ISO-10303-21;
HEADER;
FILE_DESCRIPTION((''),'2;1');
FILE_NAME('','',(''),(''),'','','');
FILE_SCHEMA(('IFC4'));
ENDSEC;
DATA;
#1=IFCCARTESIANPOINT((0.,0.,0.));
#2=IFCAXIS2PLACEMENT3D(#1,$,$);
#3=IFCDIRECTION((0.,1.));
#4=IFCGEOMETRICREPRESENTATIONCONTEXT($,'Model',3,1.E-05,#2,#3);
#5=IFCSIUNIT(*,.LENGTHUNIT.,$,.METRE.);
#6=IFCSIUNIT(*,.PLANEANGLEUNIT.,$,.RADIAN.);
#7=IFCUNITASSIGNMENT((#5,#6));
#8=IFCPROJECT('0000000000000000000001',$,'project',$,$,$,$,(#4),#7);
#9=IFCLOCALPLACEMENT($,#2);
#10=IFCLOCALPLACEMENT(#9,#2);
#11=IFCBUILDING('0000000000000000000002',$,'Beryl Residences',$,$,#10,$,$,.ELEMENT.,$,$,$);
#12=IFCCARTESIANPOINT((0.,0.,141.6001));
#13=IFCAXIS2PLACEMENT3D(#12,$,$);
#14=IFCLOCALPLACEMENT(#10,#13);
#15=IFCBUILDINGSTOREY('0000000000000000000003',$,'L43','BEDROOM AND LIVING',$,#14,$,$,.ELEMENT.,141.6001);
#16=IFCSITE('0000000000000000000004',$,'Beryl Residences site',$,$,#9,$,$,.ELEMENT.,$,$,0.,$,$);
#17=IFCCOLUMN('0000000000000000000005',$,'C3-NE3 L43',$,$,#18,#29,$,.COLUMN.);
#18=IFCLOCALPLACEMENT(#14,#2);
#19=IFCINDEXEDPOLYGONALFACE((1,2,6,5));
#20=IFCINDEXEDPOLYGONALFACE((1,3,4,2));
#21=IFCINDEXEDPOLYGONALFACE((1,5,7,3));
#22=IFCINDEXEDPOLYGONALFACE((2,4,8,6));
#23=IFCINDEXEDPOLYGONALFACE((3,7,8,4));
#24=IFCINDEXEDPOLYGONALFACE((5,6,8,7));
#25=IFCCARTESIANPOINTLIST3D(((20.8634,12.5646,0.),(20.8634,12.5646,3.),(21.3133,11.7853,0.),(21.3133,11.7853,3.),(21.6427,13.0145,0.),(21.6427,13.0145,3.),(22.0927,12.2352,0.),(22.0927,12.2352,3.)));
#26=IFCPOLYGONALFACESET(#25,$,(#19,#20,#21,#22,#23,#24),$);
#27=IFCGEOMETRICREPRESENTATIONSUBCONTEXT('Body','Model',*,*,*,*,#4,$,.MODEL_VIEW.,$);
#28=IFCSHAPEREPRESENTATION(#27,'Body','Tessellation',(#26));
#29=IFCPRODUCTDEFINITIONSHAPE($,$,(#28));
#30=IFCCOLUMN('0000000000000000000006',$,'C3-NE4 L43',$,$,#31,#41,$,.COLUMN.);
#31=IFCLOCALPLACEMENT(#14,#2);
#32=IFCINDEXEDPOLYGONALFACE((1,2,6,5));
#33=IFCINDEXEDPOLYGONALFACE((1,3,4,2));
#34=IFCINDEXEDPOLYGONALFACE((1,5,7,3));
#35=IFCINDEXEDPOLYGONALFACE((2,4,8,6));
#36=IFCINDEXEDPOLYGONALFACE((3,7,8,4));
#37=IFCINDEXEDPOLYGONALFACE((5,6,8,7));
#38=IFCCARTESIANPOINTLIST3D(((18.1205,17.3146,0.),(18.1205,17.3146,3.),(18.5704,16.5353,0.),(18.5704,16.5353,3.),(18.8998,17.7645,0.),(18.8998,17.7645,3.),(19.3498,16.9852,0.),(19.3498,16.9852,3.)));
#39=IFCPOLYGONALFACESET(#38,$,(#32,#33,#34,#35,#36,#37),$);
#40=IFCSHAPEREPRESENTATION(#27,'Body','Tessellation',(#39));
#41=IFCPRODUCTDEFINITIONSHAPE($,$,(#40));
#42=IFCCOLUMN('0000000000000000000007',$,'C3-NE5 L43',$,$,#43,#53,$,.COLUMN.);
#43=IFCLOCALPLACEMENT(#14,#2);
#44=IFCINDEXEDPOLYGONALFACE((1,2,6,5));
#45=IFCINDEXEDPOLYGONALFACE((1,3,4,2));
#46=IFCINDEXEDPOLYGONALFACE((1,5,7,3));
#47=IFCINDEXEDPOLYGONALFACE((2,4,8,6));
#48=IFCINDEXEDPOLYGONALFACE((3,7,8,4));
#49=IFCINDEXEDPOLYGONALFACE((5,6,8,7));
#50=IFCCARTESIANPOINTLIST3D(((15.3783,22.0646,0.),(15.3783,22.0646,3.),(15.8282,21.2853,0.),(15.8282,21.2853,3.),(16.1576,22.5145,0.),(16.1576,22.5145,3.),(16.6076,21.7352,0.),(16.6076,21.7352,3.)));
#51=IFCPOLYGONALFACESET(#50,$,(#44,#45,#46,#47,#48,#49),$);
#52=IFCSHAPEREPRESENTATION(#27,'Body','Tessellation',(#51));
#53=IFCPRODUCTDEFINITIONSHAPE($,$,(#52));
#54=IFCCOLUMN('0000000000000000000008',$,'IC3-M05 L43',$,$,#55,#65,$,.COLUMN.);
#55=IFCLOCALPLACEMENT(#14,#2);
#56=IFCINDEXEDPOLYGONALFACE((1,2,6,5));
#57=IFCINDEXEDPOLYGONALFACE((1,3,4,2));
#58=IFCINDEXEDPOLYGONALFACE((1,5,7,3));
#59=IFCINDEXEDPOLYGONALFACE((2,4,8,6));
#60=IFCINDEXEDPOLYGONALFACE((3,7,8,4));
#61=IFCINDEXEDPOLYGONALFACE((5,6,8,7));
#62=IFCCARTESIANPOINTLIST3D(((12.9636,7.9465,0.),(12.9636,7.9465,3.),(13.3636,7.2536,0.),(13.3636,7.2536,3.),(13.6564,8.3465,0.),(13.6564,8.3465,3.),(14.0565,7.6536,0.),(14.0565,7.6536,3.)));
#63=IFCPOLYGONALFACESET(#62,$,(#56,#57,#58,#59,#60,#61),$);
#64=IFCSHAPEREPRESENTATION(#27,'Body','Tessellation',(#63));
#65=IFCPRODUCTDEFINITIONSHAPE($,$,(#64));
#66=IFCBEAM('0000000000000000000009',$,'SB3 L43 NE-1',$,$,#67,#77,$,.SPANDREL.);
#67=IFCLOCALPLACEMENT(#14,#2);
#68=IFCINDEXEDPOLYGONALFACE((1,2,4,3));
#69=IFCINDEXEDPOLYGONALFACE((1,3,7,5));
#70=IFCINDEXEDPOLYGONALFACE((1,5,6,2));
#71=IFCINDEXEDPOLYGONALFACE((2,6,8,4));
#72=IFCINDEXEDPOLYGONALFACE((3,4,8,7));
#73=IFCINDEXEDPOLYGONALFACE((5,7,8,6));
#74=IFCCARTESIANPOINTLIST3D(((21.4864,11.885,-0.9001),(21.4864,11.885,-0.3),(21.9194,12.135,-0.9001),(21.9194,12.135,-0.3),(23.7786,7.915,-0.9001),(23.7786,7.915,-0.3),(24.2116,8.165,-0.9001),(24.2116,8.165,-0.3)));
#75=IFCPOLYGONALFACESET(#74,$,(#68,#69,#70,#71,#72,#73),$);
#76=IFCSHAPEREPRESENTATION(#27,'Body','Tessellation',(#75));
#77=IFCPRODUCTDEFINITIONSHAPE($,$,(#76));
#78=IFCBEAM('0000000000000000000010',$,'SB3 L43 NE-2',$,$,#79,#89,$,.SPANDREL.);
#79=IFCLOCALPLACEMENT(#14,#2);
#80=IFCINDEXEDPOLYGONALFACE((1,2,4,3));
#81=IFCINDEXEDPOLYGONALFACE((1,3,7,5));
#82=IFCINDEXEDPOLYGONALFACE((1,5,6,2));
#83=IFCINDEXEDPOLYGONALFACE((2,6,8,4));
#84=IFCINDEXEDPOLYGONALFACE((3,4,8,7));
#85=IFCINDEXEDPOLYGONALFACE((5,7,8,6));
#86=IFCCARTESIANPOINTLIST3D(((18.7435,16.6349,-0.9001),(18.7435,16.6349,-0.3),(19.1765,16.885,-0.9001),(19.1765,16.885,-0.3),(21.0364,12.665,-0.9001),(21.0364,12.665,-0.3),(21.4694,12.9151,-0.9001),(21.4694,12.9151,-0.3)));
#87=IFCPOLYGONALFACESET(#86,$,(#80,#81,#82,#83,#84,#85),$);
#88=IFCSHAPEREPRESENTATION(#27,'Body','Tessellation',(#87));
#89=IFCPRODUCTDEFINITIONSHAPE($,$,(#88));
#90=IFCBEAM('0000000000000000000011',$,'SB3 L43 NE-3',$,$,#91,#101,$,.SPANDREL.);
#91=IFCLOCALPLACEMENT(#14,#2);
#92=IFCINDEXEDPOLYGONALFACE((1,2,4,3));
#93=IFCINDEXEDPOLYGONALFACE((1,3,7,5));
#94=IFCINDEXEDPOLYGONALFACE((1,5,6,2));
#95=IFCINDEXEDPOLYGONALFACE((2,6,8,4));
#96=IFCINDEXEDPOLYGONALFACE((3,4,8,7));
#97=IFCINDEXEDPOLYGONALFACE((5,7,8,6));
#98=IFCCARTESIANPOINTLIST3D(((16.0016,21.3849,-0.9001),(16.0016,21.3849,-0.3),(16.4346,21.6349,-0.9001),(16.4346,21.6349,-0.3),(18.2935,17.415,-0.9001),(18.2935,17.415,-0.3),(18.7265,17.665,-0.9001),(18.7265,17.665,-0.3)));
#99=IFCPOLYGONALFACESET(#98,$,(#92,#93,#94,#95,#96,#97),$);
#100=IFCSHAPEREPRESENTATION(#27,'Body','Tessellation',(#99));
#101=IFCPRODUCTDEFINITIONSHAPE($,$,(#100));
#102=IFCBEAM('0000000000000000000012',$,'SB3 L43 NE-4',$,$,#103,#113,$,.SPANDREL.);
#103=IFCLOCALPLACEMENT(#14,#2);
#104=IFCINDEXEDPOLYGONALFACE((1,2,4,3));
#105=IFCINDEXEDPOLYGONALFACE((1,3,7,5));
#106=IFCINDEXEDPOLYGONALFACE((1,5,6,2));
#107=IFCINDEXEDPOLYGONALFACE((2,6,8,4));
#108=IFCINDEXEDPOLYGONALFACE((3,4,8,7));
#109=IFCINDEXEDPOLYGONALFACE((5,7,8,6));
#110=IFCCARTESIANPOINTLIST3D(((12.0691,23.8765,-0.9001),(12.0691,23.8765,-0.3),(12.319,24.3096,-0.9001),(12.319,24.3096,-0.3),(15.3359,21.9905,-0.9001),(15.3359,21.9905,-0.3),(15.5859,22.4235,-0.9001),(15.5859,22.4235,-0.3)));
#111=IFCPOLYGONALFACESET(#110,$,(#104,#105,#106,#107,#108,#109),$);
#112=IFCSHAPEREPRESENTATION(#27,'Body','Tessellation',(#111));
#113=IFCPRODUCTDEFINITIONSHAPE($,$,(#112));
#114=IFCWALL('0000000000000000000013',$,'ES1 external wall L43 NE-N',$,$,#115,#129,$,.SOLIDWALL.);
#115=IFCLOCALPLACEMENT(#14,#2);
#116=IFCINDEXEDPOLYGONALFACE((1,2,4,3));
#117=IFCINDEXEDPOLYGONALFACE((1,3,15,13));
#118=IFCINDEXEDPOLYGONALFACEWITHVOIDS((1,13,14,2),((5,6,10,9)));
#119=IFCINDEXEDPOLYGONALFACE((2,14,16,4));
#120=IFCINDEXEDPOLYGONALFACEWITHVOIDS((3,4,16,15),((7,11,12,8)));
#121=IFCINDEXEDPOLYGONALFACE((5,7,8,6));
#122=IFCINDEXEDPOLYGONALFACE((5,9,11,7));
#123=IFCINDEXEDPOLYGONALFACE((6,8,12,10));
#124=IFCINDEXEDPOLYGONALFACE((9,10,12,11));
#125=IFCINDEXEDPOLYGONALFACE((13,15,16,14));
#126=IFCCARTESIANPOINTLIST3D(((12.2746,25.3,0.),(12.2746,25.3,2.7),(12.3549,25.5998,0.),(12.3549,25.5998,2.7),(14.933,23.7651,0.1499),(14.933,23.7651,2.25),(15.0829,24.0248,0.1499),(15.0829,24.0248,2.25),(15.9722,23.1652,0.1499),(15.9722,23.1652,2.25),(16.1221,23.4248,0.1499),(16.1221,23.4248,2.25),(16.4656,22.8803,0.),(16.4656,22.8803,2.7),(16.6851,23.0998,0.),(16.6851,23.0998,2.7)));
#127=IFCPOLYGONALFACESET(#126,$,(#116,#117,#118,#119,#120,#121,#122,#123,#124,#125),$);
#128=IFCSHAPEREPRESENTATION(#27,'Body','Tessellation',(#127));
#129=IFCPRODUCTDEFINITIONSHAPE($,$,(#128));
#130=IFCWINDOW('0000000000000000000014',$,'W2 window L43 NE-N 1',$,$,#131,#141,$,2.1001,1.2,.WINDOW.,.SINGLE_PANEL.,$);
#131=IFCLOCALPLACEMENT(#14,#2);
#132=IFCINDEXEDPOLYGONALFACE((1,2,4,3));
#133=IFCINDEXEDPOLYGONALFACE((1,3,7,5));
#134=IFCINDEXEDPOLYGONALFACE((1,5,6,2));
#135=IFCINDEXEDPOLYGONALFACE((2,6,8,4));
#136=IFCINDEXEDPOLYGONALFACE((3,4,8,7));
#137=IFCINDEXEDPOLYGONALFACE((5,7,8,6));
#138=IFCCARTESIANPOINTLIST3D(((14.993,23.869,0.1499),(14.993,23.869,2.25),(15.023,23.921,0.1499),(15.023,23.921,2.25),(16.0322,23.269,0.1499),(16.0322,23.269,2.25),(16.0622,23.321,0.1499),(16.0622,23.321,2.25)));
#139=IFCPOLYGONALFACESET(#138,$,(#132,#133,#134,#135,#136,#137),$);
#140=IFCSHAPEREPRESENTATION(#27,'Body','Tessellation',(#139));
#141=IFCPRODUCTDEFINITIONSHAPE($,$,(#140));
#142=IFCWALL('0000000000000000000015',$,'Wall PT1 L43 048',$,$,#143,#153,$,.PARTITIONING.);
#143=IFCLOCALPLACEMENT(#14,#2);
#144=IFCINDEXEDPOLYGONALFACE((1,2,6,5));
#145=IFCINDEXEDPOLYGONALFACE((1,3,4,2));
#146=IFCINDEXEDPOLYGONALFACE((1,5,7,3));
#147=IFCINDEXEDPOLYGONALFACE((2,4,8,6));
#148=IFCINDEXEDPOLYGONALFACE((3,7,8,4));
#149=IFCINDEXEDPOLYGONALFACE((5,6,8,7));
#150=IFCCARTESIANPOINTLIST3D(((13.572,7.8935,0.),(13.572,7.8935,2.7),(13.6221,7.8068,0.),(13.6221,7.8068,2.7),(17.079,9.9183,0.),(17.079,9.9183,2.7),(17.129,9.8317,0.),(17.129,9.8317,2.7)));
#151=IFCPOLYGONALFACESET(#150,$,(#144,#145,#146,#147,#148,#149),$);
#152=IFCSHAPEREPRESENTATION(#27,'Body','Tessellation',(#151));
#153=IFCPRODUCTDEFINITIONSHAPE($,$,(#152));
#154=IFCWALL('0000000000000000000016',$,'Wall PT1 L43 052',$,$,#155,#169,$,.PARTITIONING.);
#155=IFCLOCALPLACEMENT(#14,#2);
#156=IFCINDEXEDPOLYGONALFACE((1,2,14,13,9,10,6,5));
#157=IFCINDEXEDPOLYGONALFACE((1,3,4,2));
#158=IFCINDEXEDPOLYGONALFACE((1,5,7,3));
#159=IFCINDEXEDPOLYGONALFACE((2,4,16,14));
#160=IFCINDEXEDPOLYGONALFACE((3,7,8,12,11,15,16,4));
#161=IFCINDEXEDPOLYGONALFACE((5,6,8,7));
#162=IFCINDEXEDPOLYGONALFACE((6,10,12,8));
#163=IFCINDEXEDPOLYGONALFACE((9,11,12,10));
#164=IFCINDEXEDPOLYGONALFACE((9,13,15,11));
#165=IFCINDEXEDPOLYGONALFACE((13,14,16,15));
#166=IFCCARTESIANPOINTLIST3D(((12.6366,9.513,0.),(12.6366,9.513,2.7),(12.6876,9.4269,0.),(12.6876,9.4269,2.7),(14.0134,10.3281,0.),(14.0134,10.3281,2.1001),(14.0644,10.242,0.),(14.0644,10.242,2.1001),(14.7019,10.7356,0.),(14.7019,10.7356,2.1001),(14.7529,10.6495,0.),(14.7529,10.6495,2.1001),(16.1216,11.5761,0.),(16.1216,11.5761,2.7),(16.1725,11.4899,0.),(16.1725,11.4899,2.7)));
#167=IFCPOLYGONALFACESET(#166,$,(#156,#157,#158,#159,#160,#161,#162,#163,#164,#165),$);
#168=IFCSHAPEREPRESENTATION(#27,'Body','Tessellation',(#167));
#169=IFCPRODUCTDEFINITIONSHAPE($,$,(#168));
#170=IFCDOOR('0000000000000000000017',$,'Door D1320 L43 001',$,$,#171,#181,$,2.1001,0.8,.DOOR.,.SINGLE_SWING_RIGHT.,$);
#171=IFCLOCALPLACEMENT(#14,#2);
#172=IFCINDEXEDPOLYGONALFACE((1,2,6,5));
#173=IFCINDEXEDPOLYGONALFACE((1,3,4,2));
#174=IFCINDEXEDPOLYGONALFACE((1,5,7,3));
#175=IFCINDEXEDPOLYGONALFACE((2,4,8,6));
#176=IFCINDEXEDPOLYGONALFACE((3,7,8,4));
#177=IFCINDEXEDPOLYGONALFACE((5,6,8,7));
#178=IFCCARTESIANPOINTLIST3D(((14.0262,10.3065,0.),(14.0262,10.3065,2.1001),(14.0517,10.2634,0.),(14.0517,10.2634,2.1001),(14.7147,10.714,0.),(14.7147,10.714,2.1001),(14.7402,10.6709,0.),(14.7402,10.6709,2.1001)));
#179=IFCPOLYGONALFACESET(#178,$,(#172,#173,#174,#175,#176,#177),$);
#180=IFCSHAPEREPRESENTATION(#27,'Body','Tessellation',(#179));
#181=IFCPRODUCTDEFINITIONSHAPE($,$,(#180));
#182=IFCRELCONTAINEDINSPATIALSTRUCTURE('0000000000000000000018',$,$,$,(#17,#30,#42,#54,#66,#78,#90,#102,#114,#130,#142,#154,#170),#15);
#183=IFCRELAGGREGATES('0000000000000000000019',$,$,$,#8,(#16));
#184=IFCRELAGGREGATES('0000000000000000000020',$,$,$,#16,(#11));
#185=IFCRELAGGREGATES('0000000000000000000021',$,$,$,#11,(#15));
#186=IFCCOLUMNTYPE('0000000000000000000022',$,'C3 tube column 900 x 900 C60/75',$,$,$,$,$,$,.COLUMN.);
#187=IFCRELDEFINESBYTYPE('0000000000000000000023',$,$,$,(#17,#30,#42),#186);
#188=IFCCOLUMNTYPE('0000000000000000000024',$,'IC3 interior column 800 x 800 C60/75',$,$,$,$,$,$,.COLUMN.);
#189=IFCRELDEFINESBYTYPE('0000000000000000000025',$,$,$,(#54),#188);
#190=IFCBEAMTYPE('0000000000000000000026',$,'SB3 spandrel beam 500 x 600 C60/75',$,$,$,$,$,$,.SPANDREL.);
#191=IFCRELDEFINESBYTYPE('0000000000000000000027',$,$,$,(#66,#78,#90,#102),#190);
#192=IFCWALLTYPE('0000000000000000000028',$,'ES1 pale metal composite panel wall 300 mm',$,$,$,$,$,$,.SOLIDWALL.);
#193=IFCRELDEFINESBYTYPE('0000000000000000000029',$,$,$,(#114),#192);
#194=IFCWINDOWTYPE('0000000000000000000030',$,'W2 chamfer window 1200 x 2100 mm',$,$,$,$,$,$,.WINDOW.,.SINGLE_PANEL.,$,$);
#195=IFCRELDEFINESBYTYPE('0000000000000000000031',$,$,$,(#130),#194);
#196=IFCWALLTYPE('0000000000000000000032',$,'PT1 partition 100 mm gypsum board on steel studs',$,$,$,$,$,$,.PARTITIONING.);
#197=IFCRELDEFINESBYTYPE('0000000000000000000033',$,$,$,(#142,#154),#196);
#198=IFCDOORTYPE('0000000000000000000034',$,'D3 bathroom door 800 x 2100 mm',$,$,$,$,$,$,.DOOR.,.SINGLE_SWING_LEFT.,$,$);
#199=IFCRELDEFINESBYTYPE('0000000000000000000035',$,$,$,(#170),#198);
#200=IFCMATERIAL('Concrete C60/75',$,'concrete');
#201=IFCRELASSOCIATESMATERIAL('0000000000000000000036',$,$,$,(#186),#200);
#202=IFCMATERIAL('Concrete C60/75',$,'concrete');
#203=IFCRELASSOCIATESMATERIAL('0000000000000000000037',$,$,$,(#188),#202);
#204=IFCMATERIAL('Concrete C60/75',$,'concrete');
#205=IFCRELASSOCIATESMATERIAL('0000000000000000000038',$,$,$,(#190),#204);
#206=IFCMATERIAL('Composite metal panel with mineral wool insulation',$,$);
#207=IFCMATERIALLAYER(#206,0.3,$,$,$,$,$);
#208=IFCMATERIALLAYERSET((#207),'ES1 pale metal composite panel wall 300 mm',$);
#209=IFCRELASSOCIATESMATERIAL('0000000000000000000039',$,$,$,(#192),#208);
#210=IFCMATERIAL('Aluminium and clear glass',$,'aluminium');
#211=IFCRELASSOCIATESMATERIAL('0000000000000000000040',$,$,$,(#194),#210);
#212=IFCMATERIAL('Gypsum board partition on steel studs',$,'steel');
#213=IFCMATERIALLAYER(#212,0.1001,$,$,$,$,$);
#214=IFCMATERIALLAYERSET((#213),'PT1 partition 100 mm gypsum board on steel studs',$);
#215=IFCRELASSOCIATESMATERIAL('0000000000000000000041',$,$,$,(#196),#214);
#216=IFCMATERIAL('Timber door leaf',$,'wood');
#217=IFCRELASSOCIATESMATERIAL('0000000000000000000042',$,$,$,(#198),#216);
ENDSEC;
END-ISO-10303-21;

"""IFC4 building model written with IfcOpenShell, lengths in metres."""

from ifc_helpers import new_model, si_unit, direction, frame, frame_2d, origin, origin_2d, place, context, subcontext, project, spatial, polyline, rectangle, outline, extrude, material, layer, layer_set, material_profile, profile_set, type_object, element, fill, save


model = new_model("IFC4")

# Units and contexts
model_context = context("Model", 3, precision=1e-05, world=origin(), true_north=direction((0.0, 1.0)))
body_context = subcontext(model_context, "Body", "Model", "MODEL_VIEW")
ifc_project = project(units=[si_unit("LENGTHUNIT", "METRE"), si_unit("PLANEANGLEUNIT", "RADIAN")], contexts=[model_context])

# Site, building, storey
site_placement = place(None, origin())
site = spatial("IfcSite", under=ifc_project, at=site_placement, Name="Beryl Residences site", CompositionType="ELEMENT", RefElevation=0.0)
building_placement = place(site_placement, origin())
building = spatial("IfcBuilding", under=site, at=building_placement, Name="Beryl Residences", CompositionType="ELEMENT")
storey_placement = place(building_placement, frame((0.0, 0.0, 141.6001)))
storey = spatial("IfcBuildingStorey", under=building, at=storey_placement, Name="L43", Description="BEDROOM AND LIVING", CompositionType="ELEMENT", Elevation=141.6001)

# Columns
ifc_material_1 = material(Name="Concrete C60/75", Category="concrete")
ifc_material_profile_1 = material_profile(ifc_material_1, rectangle(XDim=0.8999, YDim=0.8999, at=origin_2d()))
ifc_profile_set_1 = profile_set([ifc_material_profile_1], Name="Concrete C60/75")
column_type_1 = type_object("IfcColumnType", Name="C3 tube column 900 x 900 C60/75", PredefinedType="COLUMN", material=ifc_profile_set_1)
for number, where, z_axis, x_axis, name in (
    (1, (21.478, 12.3999, 0.0), (0.0, 0.0, 1.0), (-0.5, 0.866025, 0.0), "C3-NE3 L43"),
    (2, (18.7351, 17.1499, 0.0), (0.0, 0.0, 1.0), (-0.5, 0.866025, 0.0), "C3-NE4 L43"),
    (3, (15.9929, 21.8999, 0.0), (0.0, 0.0, 1.0), (-0.5, 0.866025, 0.0), "C3-NE5 L43"),
):
    element("IfcColumn", number, at=place(storey_placement, frame(where, z_axis=z_axis, x_axis=x_axis)), inside=storey, type_object=column_type_1, Name=name, PredefinedType="COLUMN", context=body_context, shape_type="SweptSolid", body=[
        extrude(rectangle(XDim=0.8999, YDim=0.8999, at=origin_2d()), origin(), (0.0, 0.0, 1.0), 3.0),
    ])
ifc_material_2 = material(Name="Concrete C60/75", Category="concrete")
ifc_material_profile_2 = material_profile(ifc_material_2, rectangle(XDim=0.8, YDim=0.8, at=origin_2d()))
ifc_profile_set_2 = profile_set([ifc_material_profile_2], Name="Concrete C60/75")
column_type_2 = type_object("IfcColumnType", Name="IC3 interior column 800 x 800 C60/75", PredefinedType="COLUMN", material=ifc_profile_set_2)
column_placement = place(storey_placement, frame((13.51, 7.8, 0.0), z_axis=(0.0, 0.0, 1.0), x_axis=(-0.5, 0.866025, 0.0)))
element("IfcColumn", 4, at=column_placement, inside=storey, type_object=column_type_2, Name="IC3-M05 L43", PredefinedType="COLUMN", context=body_context, shape_type="SweptSolid", body=[
    extrude(rectangle(XDim=0.8, YDim=0.8, at=origin_2d()), origin(), (0.0, 0.0, 1.0), 3.0),
])

# Beams
ifc_material_3 = material(Name="Concrete C60/75", Category="concrete")
ifc_material_profile_3 = material_profile(ifc_material_3, rectangle(XDim=0.5, YDim=0.6001, at=origin_2d()))
ifc_profile_set_3 = profile_set([ifc_material_profile_3], Name="Concrete C60/75")
beam_type = type_object("IfcBeamType", Name="SB3 spandrel beam 500 x 600 C60/75", PredefinedType="SPANDREL", material=ifc_profile_set_3)
beam_1_placement = place(storey_placement, frame((23.9951, 8.04, -0.6001), z_axis=(-0.500028, 0.866009, 0.0), x_axis=(-0.866009, -0.500028, 0.0)))
element("IfcBeam", 5, at=beam_1_placement, inside=storey, type_object=beam_type, Name="SB3 L43 NE-1", PredefinedType="SPANDREL", context=body_context, shape_type="SweptSolid", body=[
    extrude(rectangle(XDim=0.5, YDim=0.6001, at=origin_2d()), origin(), (0.0, 0.0, 1.0), 4.5842),
])
beam_2_placement = place(storey_placement, frame((21.2529, 12.79, -0.6001), z_axis=(-0.500148, 0.86594, 0.0), x_axis=(-0.86594, -0.500148, 0.0)))
element("IfcBeam", 6, at=beam_2_placement, inside=storey, type_object=beam_type, Name="SB3 L43 NE-2", PredefinedType="SPANDREL", context=body_context, shape_type="SweptSolid", body=[
    extrude(rectangle(XDim=0.5, YDim=0.6001, at=origin_2d()), origin(), (0.0, 0.0, 1.0), 4.5845),
])
beam_3_placement = place(storey_placement, frame((18.51, 17.54, -0.6001), z_axis=(-0.499988, 0.866032, 0.0), x_axis=(-0.866032, -0.499988, 0.0)))
element("IfcBeam", 7, at=beam_3_placement, inside=storey, type_object=beam_type, Name="SB3 L43 NE-3", PredefinedType="SPANDREL", context=body_context, shape_type="SweptSolid", body=[
    extrude(rectangle(XDim=0.5, YDim=0.6001, at=origin_2d()), origin(), (0.0, 0.0, 1.0), 4.584),
])
beam_4_placement = place(storey_placement, frame((15.4609, 22.207, -0.6001), z_axis=(-0.86604, 0.499975, 0.0), x_axis=(-0.499975, -0.86604, 0.0)))
element("IfcBeam", 8, at=beam_4_placement, inside=storey, type_object=beam_type, Name="SB3 L43 NE-4", PredefinedType="SPANDREL", context=body_context, shape_type="SweptSolid", body=[
    extrude(rectangle(XDim=0.5, YDim=0.6001, at=origin_2d()), origin(), (0.0, 0.0, 1.0), 3.7722),
])

# Wall, opening, window
ifc_material_4 = material(Name="Composite metal panel with mineral wool insulation")
ifc_layer_1 = layer(ifc_material_4, 0.3)
ifc_layer_set_1 = layer_set([ifc_layer_1], Name="ES1 pale metal composite panel wall 300 mm")
wall_type_1 = type_object("IfcWallType", Name="ES1 pale metal composite panel wall 300 mm", PredefinedType="SOLIDWALL", material=ifc_layer_set_1)
wall_1_placement = place(storey_placement, frame((16.6101, 22.97, 0.0), z_axis=(0.0, 0.0, 1.0), x_axis=(-0.866023, 0.500004, 0.0)))
wall_1 = element("IfcWall", 9, at=wall_1_placement, inside=storey, type_object=wall_type_1, Name="ES1 external wall L43 NE-N", PredefinedType="SOLIDWALL", context=body_context, shape_type="SweptSolid", body=[
    extrude(outline(polyline([(0.0, -0.1499), (5.0, -0.1499), (4.9197, 0.1499), (0.0803, 0.1499), (0.0, -0.1499)])), origin(), (0.0, 0.0, 1.0), 2.7),
])
opening_1_placement = place(wall_1_placement, frame((0.6499, 0.0, 0.1499)))
opening_1 = element("IfcOpeningElement", 10, at=opening_1_placement, cuts=wall_1, PredefinedType="OPENING", context=body_context, shape_type="SweptSolid", body=[
    extrude(rectangle(XDim=1.2, YDim=2.1001, at=frame_2d((0.6001, 1.05))), frame((0.0, 0.1599, 0.0), z_axis=(0.0, -1.0, 0.0), x_axis=(1.0, 0.0, 0.0)), (0.0, 0.0, 1.0), 0.3201),
])
ifc_material_5 = material(Name="Aluminium and clear glass", Category="aluminium")
window_type = type_object("IfcWindowType", Name="W2 chamfer window 1200 x 2100 mm", PartitioningType="SINGLE_PANEL", PredefinedType="WINDOW", material=ifc_material_5)
window_placement = place(opening_1_placement, origin())
window = element("IfcWindow", 11, at=window_placement, inside=storey, type_object=window_type, Name="W2 window L43 NE-N 1", OverallHeight=2.1001, OverallWidth=1.2, PartitioningType="SINGLE_PANEL", PredefinedType="WINDOW", context=body_context, shape_type="SweptSolid", body=[
    extrude(rectangle(XDim=1.2, YDim=2.1001, at=frame_2d((0.6001, 1.05))), frame((0.0, 0.03, 0.0), z_axis=(0.0, -1.0, 0.0), x_axis=(1.0, 0.0, 0.0)), (0.0, 0.0, 1.0), 0.0601),
])
fill(opening_1, window)

# Wall
ifc_material_6 = material(Name="Gypsum board partition on steel studs", Category="steel")
ifc_layer_2 = layer(ifc_material_6, 0.1001)
ifc_layer_set_2 = layer_set([ifc_layer_2], Name="PT1 partition 100 mm gypsum board on steel studs")
wall_type_2 = type_object("IfcWallType", Name="PT1 partition 100 mm gypsum board on steel studs", PredefinedType="PARTITIONING", material=ifc_layer_set_2)
wall_2_placement = place(storey_placement, frame((13.5969, 7.8501, 0.0), z_axis=(0.0, 0.0, 1.0), x_axis=(0.866016, 0.500016, 0.0)))
element("IfcWall", 12, at=wall_2_placement, inside=storey, type_object=wall_type_2, Name="Wall PT1 L43 048", PredefinedType="PARTITIONING", context=body_context, shape_type="SweptSolid", body=[
    extrude(rectangle(XDim=4.0496, YDim=0.1001, at=frame_2d((2.0249, 0.0))), origin(), (0.0, 0.0, 1.0), 2.7),
])

# Wall, opening, door
wall_3_placement = place(storey_placement, frame((12.6621, 9.47, 0.0), z_axis=(0.0, 0.0, 1.0), x_axis=(0.860521, 0.509416, 0.0)))
wall_3 = element("IfcWall", 13, at=wall_3_placement, inside=storey, type_object=wall_type_2, Name="Wall PT1 L43 052", PredefinedType="PARTITIONING", context=body_context, shape_type="SweptSolid", body=[
    extrude(rectangle(XDim=4.0498, YDim=0.1001, at=frame_2d((2.0249, 0.0))), origin(), (0.0, 0.0, 1.0), 2.7),
])
opening_2_placement = place(wall_3_placement, frame((1.6001, 0.0, 0.0)))
opening_2 = element("IfcOpeningElement", 14, at=opening_2_placement, cuts=wall_3, PredefinedType="OPENING", context=body_context, shape_type="SweptSolid", body=[
    extrude(rectangle(XDim=0.8, YDim=2.1001, at=frame_2d((0.3999, 1.05))), frame((0.0, 0.0601, 0.0), z_axis=(0.0, -1.0, 0.0), x_axis=(1.0, 0.0, 0.0)), (0.0, 0.0, 1.0), 0.1201),
])
ifc_material_7 = material(Name="Timber door leaf", Category="wood")
door_type_1 = type_object("IfcDoorType", Name="D3 bathroom door 800 x 2100 mm", OperationType="SINGLE_SWING_LEFT", PredefinedType="DOOR", material=ifc_material_7)
door_1_placement = place(opening_2_placement, origin())
door_1 = element("IfcDoor", 15, at=door_1_placement, inside=storey, type_object=door_type_1, Name="Door D1320 L43 001", OperationType="SINGLE_SWING_RIGHT", OverallHeight=2.1001, OverallWidth=0.8, PredefinedType="DOOR", context=body_context, shape_type="SweptSolid", body=[
    extrude(rectangle(XDim=0.8, YDim=2.1001, at=frame_2d((0.3999, 1.05))), frame((0.0, 0.0249, 0.0), z_axis=(0.0, -1.0, 0.0), x_axis=(1.0, 0.0, 0.0)), (0.0, 0.0, 1.0), 0.05),
])
fill(opening_2, door_1)

save(model, "model.ifc")
